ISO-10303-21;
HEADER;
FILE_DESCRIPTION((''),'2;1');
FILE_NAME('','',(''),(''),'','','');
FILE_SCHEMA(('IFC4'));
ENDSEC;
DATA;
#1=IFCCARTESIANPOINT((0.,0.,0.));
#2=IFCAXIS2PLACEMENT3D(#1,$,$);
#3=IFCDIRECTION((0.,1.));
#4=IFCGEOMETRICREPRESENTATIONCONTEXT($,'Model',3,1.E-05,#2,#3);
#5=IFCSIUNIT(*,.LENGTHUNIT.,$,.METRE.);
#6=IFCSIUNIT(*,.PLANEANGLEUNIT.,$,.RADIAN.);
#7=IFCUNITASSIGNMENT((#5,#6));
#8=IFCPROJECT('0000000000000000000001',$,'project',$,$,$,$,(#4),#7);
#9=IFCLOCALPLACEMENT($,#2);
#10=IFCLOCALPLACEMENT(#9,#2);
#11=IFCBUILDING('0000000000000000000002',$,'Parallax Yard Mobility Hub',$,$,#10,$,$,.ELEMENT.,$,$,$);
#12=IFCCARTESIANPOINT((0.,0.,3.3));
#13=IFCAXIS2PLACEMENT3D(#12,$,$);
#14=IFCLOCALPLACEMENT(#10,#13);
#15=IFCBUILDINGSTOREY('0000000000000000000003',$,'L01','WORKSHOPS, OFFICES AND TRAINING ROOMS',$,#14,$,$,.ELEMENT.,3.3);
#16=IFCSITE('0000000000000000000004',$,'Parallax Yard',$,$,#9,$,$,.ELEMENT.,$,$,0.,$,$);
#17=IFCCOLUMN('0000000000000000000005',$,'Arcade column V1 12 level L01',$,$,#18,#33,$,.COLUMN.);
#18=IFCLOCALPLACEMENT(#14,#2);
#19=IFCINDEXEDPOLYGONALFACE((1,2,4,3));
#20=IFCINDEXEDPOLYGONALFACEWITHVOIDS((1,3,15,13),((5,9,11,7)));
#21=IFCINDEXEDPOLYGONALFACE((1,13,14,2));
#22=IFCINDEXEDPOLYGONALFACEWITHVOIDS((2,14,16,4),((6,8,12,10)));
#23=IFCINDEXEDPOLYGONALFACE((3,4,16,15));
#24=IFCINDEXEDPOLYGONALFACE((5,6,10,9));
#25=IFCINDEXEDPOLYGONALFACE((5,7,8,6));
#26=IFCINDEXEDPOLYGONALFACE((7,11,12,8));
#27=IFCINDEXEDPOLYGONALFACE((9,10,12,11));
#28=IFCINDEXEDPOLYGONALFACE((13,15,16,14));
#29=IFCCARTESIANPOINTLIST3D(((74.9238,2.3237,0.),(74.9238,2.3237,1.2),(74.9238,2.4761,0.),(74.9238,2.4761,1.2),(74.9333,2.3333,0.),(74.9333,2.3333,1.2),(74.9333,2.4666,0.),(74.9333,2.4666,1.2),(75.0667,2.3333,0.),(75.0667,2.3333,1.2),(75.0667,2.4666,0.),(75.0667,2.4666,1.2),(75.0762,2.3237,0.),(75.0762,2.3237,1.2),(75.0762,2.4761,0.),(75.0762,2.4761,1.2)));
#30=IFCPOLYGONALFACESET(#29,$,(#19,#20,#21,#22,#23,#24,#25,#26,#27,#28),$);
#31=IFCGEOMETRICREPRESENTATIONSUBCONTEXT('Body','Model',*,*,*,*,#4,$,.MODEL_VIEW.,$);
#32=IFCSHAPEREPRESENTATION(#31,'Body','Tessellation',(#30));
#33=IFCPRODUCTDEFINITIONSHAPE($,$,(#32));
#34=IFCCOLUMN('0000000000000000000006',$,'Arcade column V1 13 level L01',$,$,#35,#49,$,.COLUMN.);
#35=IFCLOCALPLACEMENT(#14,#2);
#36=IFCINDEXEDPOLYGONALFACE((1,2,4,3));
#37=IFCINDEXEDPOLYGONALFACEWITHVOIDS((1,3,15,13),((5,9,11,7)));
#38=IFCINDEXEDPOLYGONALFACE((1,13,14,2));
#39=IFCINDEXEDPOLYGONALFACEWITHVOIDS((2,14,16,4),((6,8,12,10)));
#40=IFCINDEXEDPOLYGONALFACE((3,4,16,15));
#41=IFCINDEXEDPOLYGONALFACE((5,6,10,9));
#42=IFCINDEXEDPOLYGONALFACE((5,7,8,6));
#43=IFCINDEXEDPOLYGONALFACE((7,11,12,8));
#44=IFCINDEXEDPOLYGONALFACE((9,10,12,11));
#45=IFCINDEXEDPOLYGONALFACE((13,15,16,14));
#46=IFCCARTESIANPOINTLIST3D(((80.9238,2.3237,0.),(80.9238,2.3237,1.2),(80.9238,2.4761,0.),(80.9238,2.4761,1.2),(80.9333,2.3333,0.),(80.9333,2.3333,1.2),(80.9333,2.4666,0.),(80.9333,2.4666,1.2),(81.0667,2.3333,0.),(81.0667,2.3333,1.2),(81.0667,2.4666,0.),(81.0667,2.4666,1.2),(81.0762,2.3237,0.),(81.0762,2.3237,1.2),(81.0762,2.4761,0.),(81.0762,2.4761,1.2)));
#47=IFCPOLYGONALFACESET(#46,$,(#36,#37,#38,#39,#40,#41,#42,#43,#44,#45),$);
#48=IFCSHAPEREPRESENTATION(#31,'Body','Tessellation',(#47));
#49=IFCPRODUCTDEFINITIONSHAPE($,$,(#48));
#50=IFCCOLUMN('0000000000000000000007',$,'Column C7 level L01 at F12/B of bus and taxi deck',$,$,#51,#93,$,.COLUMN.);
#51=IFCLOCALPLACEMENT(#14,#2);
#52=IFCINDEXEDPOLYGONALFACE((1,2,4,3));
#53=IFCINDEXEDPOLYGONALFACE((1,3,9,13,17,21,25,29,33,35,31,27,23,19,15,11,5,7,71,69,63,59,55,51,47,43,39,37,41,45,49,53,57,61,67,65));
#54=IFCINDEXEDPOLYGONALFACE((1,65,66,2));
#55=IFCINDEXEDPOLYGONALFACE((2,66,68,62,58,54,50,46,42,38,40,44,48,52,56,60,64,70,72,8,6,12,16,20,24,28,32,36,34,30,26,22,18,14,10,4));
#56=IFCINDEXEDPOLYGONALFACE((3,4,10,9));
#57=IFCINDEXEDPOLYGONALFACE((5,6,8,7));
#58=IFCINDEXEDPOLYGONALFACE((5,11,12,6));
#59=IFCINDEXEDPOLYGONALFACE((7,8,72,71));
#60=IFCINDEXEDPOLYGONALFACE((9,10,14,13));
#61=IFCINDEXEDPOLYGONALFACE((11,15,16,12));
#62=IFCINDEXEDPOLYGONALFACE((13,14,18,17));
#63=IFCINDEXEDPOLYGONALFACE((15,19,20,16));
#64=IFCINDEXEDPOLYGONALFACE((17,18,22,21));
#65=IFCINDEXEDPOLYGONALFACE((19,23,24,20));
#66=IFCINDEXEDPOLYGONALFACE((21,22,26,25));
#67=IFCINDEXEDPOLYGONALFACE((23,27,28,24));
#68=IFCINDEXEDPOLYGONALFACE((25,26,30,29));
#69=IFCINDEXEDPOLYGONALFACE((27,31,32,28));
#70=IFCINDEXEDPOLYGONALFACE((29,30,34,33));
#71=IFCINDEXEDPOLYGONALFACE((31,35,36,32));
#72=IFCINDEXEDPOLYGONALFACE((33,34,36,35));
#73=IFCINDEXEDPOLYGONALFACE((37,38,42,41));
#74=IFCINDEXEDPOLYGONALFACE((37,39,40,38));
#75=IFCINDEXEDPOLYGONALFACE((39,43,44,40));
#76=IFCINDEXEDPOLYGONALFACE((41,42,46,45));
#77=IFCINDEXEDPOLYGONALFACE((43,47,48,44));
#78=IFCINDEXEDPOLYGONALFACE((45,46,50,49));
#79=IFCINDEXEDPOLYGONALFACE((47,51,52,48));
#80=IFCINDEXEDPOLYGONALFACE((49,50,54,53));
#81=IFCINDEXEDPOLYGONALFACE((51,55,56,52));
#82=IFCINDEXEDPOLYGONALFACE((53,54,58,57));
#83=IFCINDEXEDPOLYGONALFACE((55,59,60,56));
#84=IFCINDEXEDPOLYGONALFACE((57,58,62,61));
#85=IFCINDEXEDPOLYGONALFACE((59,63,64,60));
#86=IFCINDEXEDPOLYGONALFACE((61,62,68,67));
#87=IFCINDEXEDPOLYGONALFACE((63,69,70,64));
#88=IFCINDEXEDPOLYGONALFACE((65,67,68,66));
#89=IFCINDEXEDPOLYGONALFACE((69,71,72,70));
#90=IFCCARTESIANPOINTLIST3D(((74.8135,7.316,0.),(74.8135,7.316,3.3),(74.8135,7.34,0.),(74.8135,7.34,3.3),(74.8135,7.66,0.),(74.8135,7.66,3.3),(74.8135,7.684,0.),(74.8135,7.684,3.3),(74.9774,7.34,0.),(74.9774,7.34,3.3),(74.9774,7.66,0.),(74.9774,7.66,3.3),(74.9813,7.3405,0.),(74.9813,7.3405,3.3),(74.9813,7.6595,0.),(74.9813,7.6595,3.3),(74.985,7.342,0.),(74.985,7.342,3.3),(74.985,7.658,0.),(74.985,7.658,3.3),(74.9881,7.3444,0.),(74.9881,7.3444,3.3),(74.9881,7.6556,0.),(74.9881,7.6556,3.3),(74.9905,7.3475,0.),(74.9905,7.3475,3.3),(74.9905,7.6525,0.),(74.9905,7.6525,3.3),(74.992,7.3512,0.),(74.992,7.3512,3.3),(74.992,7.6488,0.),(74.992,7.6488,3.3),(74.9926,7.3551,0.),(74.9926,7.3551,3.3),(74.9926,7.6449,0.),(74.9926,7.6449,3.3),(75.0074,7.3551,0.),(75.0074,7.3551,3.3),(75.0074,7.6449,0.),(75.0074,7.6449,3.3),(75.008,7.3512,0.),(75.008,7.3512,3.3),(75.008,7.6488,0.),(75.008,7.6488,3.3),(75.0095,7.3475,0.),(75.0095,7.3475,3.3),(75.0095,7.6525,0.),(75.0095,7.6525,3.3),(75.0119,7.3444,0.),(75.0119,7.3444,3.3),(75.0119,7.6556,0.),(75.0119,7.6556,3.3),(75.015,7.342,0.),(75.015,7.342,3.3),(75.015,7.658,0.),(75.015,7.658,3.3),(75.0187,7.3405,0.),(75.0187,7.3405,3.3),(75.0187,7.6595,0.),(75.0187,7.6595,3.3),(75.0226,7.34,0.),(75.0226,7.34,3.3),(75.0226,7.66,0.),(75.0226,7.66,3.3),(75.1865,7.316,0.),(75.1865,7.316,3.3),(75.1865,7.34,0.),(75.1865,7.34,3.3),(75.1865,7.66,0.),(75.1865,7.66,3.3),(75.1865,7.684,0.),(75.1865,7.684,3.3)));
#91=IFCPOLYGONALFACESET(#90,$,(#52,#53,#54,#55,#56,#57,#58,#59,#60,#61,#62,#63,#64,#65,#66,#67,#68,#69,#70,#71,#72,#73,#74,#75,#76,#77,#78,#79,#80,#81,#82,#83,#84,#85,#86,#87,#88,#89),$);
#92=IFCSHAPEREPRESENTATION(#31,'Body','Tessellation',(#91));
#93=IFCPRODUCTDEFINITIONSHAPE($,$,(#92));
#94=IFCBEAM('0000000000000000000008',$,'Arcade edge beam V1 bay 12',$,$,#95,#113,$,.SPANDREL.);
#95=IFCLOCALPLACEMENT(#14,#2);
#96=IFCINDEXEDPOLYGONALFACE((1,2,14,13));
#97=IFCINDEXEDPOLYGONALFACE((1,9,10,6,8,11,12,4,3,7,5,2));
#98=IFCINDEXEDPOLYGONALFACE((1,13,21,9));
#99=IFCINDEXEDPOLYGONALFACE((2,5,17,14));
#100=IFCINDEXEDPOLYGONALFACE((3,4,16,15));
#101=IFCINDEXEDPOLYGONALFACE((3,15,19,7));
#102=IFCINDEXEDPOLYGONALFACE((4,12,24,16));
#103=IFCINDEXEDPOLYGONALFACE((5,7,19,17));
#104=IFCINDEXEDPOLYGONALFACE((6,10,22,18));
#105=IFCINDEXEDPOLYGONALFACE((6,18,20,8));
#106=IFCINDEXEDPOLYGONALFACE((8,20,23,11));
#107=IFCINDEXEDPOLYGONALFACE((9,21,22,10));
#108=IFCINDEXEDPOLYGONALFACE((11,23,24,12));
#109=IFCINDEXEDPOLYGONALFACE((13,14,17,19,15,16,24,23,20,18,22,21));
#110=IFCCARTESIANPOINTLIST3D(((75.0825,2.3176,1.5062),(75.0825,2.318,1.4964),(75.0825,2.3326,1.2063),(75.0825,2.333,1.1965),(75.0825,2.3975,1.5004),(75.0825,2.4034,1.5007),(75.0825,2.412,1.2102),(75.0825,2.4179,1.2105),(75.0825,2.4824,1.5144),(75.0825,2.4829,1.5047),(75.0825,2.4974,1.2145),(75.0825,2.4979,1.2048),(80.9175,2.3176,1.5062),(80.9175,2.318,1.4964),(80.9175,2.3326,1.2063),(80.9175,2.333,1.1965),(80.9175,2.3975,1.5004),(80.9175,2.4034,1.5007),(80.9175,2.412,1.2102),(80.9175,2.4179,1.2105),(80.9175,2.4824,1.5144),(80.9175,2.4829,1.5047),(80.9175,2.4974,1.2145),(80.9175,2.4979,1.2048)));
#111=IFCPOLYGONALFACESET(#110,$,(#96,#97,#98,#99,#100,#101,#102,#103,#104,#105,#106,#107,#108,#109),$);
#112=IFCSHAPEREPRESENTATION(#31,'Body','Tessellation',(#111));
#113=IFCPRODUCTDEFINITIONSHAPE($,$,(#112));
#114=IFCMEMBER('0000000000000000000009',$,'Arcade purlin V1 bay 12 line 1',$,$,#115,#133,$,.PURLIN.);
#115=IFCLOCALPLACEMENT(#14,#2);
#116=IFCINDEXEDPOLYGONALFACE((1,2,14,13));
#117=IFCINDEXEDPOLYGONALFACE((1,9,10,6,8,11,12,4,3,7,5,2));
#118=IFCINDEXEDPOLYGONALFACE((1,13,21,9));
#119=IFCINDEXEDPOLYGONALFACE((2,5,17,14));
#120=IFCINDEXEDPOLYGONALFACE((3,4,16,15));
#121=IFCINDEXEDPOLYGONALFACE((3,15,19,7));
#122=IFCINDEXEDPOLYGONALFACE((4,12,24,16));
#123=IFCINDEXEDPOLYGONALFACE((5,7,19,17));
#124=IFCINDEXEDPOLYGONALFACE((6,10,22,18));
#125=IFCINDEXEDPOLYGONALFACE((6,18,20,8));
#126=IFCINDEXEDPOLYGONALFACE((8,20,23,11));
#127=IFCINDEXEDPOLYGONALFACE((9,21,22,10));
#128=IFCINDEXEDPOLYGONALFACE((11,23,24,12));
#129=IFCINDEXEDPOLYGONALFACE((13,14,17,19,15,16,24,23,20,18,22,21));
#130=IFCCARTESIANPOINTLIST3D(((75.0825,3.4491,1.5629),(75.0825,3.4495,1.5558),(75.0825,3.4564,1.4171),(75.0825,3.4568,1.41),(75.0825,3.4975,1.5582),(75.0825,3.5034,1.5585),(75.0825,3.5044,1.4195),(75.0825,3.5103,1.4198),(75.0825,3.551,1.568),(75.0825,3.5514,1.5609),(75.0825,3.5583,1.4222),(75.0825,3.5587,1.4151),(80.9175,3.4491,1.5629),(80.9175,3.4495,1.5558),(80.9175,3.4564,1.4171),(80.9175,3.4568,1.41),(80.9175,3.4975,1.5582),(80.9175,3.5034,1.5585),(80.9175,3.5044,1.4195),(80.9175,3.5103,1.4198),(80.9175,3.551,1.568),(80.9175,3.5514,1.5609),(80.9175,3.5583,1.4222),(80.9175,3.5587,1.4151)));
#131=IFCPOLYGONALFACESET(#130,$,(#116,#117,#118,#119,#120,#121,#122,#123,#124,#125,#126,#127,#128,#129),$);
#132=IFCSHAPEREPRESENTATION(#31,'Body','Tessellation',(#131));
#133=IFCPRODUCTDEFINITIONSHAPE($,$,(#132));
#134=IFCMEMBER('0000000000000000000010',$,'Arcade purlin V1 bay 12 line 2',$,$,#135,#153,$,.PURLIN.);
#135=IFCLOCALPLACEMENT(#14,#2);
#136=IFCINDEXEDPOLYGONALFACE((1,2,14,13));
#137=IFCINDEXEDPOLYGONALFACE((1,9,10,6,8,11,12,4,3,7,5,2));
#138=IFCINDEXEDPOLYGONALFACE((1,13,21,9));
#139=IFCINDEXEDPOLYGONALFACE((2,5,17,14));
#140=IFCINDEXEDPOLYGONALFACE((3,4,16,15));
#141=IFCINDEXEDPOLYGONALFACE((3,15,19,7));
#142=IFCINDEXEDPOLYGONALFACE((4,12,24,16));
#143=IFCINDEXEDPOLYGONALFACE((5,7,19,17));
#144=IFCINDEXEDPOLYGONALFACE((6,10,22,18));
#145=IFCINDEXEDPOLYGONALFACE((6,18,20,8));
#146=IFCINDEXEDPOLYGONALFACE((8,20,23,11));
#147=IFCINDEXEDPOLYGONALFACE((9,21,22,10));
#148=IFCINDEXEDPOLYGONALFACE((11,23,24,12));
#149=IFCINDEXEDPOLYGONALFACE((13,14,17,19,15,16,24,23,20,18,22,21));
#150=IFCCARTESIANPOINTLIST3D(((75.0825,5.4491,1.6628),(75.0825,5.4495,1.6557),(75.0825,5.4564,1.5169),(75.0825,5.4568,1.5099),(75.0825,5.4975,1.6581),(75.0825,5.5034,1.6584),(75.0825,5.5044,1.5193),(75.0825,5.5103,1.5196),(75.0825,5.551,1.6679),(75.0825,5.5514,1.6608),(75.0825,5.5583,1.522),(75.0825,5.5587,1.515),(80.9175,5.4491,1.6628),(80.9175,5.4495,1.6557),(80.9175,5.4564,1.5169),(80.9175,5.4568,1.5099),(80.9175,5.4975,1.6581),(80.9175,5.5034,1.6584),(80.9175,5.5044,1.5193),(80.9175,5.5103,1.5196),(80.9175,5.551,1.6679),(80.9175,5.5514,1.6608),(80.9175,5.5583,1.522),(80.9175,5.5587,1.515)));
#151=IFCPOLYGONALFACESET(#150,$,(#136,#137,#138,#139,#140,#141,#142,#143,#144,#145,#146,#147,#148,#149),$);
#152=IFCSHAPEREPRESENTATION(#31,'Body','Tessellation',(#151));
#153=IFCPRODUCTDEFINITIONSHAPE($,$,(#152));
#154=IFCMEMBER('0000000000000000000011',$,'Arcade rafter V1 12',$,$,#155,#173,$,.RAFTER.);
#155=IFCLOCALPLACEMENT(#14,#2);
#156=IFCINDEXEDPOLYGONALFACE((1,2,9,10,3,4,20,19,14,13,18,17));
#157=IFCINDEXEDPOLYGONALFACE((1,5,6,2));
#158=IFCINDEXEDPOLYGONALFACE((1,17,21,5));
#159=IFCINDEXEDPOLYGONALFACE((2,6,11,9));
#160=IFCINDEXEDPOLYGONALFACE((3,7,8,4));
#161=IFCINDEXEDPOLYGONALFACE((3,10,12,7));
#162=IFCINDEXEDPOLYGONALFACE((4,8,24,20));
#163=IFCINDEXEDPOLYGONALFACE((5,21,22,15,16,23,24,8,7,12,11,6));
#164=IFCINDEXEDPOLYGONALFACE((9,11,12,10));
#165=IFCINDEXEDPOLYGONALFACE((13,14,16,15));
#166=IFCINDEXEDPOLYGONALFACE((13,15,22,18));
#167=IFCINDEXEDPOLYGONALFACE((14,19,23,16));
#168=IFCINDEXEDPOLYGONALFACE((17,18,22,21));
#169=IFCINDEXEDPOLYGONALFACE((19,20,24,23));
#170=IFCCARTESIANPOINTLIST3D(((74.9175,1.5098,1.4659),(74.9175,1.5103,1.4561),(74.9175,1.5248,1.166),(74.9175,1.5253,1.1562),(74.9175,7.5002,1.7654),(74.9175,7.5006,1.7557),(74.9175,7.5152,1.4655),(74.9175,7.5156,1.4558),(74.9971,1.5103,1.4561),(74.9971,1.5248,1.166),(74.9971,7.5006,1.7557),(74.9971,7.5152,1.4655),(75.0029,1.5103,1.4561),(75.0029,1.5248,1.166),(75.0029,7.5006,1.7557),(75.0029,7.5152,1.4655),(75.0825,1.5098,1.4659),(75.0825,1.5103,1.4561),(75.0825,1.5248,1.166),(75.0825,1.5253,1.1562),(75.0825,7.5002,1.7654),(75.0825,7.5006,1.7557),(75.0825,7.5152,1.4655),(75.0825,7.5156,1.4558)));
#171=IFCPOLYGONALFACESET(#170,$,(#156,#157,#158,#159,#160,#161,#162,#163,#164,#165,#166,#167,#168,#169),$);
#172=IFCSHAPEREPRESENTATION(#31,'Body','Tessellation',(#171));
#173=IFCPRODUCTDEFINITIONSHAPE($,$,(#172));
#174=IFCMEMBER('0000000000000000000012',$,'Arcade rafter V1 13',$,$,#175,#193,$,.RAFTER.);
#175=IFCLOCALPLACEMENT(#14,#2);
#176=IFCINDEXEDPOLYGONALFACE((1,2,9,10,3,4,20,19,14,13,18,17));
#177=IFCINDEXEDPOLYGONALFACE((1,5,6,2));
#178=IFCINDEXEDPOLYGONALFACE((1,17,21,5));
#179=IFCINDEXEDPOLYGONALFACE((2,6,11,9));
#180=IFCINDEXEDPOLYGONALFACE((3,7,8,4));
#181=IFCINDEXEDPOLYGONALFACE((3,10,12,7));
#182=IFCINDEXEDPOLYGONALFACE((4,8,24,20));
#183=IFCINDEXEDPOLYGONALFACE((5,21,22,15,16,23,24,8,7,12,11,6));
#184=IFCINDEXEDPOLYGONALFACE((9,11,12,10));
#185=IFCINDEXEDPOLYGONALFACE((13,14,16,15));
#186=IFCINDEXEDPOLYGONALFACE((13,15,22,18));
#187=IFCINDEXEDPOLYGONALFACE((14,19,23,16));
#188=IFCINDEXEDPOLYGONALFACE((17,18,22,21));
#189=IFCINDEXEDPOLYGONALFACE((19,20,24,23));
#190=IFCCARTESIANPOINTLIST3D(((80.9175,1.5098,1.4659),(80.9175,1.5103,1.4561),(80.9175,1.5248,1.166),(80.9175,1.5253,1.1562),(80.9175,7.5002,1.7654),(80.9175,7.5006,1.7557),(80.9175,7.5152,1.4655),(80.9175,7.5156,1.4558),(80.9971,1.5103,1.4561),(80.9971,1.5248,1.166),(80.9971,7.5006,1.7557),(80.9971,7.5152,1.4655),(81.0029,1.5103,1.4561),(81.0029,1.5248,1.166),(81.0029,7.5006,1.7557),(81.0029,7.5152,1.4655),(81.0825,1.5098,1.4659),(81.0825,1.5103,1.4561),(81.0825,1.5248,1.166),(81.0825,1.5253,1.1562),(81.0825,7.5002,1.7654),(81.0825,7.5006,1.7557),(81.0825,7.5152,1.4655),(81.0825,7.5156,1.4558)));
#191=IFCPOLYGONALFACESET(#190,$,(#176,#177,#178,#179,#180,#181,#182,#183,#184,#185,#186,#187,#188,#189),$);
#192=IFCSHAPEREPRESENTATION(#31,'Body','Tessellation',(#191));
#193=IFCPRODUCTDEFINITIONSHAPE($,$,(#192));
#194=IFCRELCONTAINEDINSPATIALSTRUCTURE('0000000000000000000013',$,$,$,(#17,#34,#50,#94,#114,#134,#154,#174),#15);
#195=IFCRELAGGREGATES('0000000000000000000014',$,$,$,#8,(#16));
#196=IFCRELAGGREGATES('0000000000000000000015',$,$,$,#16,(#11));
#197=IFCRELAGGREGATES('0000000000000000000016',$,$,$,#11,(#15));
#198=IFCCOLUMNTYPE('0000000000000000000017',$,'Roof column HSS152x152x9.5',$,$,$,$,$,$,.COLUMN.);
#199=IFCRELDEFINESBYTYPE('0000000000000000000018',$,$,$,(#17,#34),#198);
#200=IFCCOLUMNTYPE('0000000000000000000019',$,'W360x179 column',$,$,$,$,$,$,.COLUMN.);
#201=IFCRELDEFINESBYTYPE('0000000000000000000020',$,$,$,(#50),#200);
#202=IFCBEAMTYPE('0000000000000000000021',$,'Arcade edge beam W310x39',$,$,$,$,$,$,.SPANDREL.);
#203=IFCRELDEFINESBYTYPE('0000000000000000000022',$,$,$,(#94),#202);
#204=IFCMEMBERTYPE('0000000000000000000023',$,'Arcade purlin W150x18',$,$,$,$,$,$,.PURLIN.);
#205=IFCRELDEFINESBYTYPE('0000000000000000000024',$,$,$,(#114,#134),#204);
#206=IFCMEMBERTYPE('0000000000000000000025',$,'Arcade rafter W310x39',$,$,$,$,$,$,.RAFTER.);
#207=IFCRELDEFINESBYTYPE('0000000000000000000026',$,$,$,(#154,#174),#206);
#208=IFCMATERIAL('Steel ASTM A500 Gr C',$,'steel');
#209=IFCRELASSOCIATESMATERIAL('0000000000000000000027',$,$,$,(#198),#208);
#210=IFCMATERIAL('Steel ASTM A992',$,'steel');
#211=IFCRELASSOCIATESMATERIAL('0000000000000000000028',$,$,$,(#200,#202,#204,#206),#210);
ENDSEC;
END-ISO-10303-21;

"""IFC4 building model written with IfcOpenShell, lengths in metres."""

from ifc_helpers import new_model, si_unit, direction, frame, origin, origin_2d, place, context, subcontext, project, spatial, hollow_rectangle, i_section, extrude, material, material_profile, profile_set, type_object, element, save


model = new_model("IFC4")

# Units and contexts
model_context = context("Model", 3, precision=1e-05, world=origin(), true_north=direction((0.0, 1.0)))
body_context = subcontext(model_context, "Body", "Model", "MODEL_VIEW")
ifc_project = project(units=[si_unit("LENGTHUNIT", "METRE"), si_unit("PLANEANGLEUNIT", "RADIAN")], contexts=[model_context])

# Site, building, storey
site_placement = place(None, origin())
site = spatial("IfcSite", under=ifc_project, at=site_placement, Name="Parallax Yard", CompositionType="ELEMENT", RefElevation=0.0)
building_placement = place(site_placement, origin())
building = spatial("IfcBuilding", under=site, at=building_placement, Name="Parallax Yard Mobility Hub", CompositionType="ELEMENT")
storey_placement = place(building_placement, frame((0.0, 0.0, 3.3)))
storey = spatial("IfcBuildingStorey", under=building, at=storey_placement, Name="L01", Description="WORKSHOPS, OFFICES AND TRAINING ROOMS", CompositionType="ELEMENT", Elevation=3.3)

# Columns
ifc_material_1 = material(Name="Steel ASTM A500 Gr C", Category="steel")
ifc_material_profile_1 = material_profile(ifc_material_1, hollow_rectangle(XDim=0.1523, YDim=0.1523, WallThickness=0.0095, at=origin_2d()), Name="HSS152x152x9.5")
ifc_profile_set_1 = profile_set([ifc_material_profile_1], Name="Steel ASTM A500 Gr C")
column_type_1 = type_object("IfcColumnType", Name="Roof column HSS152x152x9.5", PredefinedType="COLUMN", material=ifc_profile_set_1)
for number, where, z_axis, x_axis, name in (
    (1, (75.0, 2.3999, 0.0), (0.0, 0.0, 1.0), (1.0, 0.0, 0.0), "Arcade column V1 12 level L01"),
    (2, (81.0, 2.3999, 0.0), (0.0, 0.0, 1.0), (1.0, 0.0, 0.0), "Arcade column V1 13 level L01"),
):
    element("IfcColumn", number, at=place(storey_placement, frame(where, z_axis=z_axis, x_axis=x_axis)), inside=storey, type_object=column_type_1, Name=name, PredefinedType="COLUMN", context=body_context, shape_type="SweptSolid", body=[
        extrude(hollow_rectangle(XDim=0.1523, YDim=0.1523, WallThickness=0.0095, at=origin_2d()), origin(), (0.0, 0.0, 1.0), 1.2),
    ])
ifc_material_2 = material(Name="Steel ASTM A992", Category="steel")
ifc_material_profile_2 = material_profile(ifc_material_2, i_section(OverallWidth=0.373, OverallDepth=0.3679, WebThickness=0.0149, FlangeThickness=0.0239, FilletRadius=0.0151, at=origin_2d()), Name="W360x179")
ifc_profile_set_2 = profile_set([ifc_material_profile_2], Name="Steel ASTM A992")
column_type_2 = type_object("IfcColumnType", Name="W360x179 column", PredefinedType="COLUMN", material=ifc_profile_set_2)
column_placement = place(storey_placement, frame((75.0, 7.5, 0.0), z_axis=(0.0, 0.0, 1.0), x_axis=(1.0, 0.0, 0.0)))
element("IfcColumn", 3, at=column_placement, inside=storey, type_object=column_type_2, Name="Column C7 level L01 at F12/B of bus and taxi deck", PredefinedType="COLUMN", context=body_context, shape_type="SweptSolid", body=[
    extrude(i_section(OverallWidth=0.373, OverallDepth=0.3679, WebThickness=0.0149, FlangeThickness=0.0239, FilletRadius=0.0151, at=origin_2d()), origin(), (0.0, 0.0, 1.0), 3.3),
])

# Beam
ifc_material_profile_3 = material_profile(ifc_material_2, i_section(OverallWidth=0.165, OverallDepth=0.3101, WebThickness=0.0059, FlangeThickness=0.0098, at=origin_2d()), Name="W310x39")
ifc_profile_set_3 = profile_set([ifc_material_profile_3], Name="Steel ASTM A992")
beam_type_1 = type_object("IfcBeamType", Name="Arcade edge beam W310x39", PredefinedType="SPANDREL", material=ifc_profile_set_3)
beam_1_placement = place(storey_placement, frame((75.0825, 2.4077, 1.3555), z_axis=(1.0, 0.0, 0.0), x_axis=(0.0, 0.998752, 0.049938)))
element("IfcBeam", 4, at=beam_1_placement, inside=storey, type_object=beam_type_1, Name="Arcade edge beam V1 bay 12", PredefinedType="SPANDREL", context=body_context, shape_type="SweptSolid", body=[
    extrude(i_section(OverallWidth=0.165, OverallDepth=0.3101, WebThickness=0.0059, FlangeThickness=0.0098, at=origin_2d()), origin(), (0.0, 0.0, 1.0), 5.835),
])

# Members
ifc_material_profile_4 = material_profile(ifc_material_2, i_section(OverallWidth=0.1021, OverallDepth=0.1531, WebThickness=0.0059, FlangeThickness=0.0071, at=origin_2d()), Name="W150x18")
ifc_profile_set_4 = profile_set([ifc_material_profile_4], Name="Steel ASTM A992")
member_type_1 = type_object("IfcMemberType", Name="Arcade purlin W150x18", PredefinedType="PURLIN", material=ifc_profile_set_4)
for number, where, z_axis, x_axis, name in (
    (5, (75.0825, 3.5039, 1.489), (1.0, 0.0, 0.0), (0.0, 0.998752, 0.049938), "Arcade purlin V1 bay 12 line 1"),
    (6, (75.0825, 5.5039, 1.5889), (1.0, 0.0, 0.0), (0.0, 0.998752, 0.049938), "Arcade purlin V1 bay 12 line 2"),
):
    element("IfcMember", number, at=place(storey_placement, frame(where, z_axis=z_axis, x_axis=x_axis)), inside=storey, type_object=member_type_1, Name=name, PredefinedType="PURLIN", context=body_context, shape_type="SweptSolid", body=[
        extrude(i_section(OverallWidth=0.1021, OverallDepth=0.1531, WebThickness=0.0059, FlangeThickness=0.0071, at=origin_2d()), origin(), (0.0, 0.0, 1.0), 5.835),
    ])
ifc_material_profile_5 = material_profile(ifc_material_2, i_section(OverallWidth=0.165, OverallDepth=0.3101, WebThickness=0.0059, FlangeThickness=0.0098, at=origin_2d()), Name="W310x39")
ifc_profile_set_5 = profile_set([ifc_material_profile_5], Name="Steel ASTM A992")
member_type_2 = type_object("IfcMemberType", Name="Arcade rafter W310x39", PredefinedType="RAFTER", material=ifc_profile_set_5)
for number, where, z_axis, x_axis, name in (
    (7, (75.0, 1.5176, 1.311), (0.0, 0.998752, 0.049946), (-1.0, 0.0, 0.0), "Arcade rafter V1 12"),
    (8, (81.0, 1.5176, 1.311), (0.0, 0.998752, 0.049946), (-1.0, 0.0, 0.0), "Arcade rafter V1 13"),
):
    element("IfcMember", number, at=place(storey_placement, frame(where, z_axis=z_axis, x_axis=x_axis)), inside=storey, type_object=member_type_2, Name=name, PredefinedType="RAFTER", context=body_context, shape_type="SweptSolid", body=[
        extrude(i_section(OverallWidth=0.165, OverallDepth=0.3101, WebThickness=0.0059, FlangeThickness=0.0098, at=origin_2d()), origin(), (0.0, 0.0, 1.0), 5.9978),
    ])

save(model, "model.ifc")
